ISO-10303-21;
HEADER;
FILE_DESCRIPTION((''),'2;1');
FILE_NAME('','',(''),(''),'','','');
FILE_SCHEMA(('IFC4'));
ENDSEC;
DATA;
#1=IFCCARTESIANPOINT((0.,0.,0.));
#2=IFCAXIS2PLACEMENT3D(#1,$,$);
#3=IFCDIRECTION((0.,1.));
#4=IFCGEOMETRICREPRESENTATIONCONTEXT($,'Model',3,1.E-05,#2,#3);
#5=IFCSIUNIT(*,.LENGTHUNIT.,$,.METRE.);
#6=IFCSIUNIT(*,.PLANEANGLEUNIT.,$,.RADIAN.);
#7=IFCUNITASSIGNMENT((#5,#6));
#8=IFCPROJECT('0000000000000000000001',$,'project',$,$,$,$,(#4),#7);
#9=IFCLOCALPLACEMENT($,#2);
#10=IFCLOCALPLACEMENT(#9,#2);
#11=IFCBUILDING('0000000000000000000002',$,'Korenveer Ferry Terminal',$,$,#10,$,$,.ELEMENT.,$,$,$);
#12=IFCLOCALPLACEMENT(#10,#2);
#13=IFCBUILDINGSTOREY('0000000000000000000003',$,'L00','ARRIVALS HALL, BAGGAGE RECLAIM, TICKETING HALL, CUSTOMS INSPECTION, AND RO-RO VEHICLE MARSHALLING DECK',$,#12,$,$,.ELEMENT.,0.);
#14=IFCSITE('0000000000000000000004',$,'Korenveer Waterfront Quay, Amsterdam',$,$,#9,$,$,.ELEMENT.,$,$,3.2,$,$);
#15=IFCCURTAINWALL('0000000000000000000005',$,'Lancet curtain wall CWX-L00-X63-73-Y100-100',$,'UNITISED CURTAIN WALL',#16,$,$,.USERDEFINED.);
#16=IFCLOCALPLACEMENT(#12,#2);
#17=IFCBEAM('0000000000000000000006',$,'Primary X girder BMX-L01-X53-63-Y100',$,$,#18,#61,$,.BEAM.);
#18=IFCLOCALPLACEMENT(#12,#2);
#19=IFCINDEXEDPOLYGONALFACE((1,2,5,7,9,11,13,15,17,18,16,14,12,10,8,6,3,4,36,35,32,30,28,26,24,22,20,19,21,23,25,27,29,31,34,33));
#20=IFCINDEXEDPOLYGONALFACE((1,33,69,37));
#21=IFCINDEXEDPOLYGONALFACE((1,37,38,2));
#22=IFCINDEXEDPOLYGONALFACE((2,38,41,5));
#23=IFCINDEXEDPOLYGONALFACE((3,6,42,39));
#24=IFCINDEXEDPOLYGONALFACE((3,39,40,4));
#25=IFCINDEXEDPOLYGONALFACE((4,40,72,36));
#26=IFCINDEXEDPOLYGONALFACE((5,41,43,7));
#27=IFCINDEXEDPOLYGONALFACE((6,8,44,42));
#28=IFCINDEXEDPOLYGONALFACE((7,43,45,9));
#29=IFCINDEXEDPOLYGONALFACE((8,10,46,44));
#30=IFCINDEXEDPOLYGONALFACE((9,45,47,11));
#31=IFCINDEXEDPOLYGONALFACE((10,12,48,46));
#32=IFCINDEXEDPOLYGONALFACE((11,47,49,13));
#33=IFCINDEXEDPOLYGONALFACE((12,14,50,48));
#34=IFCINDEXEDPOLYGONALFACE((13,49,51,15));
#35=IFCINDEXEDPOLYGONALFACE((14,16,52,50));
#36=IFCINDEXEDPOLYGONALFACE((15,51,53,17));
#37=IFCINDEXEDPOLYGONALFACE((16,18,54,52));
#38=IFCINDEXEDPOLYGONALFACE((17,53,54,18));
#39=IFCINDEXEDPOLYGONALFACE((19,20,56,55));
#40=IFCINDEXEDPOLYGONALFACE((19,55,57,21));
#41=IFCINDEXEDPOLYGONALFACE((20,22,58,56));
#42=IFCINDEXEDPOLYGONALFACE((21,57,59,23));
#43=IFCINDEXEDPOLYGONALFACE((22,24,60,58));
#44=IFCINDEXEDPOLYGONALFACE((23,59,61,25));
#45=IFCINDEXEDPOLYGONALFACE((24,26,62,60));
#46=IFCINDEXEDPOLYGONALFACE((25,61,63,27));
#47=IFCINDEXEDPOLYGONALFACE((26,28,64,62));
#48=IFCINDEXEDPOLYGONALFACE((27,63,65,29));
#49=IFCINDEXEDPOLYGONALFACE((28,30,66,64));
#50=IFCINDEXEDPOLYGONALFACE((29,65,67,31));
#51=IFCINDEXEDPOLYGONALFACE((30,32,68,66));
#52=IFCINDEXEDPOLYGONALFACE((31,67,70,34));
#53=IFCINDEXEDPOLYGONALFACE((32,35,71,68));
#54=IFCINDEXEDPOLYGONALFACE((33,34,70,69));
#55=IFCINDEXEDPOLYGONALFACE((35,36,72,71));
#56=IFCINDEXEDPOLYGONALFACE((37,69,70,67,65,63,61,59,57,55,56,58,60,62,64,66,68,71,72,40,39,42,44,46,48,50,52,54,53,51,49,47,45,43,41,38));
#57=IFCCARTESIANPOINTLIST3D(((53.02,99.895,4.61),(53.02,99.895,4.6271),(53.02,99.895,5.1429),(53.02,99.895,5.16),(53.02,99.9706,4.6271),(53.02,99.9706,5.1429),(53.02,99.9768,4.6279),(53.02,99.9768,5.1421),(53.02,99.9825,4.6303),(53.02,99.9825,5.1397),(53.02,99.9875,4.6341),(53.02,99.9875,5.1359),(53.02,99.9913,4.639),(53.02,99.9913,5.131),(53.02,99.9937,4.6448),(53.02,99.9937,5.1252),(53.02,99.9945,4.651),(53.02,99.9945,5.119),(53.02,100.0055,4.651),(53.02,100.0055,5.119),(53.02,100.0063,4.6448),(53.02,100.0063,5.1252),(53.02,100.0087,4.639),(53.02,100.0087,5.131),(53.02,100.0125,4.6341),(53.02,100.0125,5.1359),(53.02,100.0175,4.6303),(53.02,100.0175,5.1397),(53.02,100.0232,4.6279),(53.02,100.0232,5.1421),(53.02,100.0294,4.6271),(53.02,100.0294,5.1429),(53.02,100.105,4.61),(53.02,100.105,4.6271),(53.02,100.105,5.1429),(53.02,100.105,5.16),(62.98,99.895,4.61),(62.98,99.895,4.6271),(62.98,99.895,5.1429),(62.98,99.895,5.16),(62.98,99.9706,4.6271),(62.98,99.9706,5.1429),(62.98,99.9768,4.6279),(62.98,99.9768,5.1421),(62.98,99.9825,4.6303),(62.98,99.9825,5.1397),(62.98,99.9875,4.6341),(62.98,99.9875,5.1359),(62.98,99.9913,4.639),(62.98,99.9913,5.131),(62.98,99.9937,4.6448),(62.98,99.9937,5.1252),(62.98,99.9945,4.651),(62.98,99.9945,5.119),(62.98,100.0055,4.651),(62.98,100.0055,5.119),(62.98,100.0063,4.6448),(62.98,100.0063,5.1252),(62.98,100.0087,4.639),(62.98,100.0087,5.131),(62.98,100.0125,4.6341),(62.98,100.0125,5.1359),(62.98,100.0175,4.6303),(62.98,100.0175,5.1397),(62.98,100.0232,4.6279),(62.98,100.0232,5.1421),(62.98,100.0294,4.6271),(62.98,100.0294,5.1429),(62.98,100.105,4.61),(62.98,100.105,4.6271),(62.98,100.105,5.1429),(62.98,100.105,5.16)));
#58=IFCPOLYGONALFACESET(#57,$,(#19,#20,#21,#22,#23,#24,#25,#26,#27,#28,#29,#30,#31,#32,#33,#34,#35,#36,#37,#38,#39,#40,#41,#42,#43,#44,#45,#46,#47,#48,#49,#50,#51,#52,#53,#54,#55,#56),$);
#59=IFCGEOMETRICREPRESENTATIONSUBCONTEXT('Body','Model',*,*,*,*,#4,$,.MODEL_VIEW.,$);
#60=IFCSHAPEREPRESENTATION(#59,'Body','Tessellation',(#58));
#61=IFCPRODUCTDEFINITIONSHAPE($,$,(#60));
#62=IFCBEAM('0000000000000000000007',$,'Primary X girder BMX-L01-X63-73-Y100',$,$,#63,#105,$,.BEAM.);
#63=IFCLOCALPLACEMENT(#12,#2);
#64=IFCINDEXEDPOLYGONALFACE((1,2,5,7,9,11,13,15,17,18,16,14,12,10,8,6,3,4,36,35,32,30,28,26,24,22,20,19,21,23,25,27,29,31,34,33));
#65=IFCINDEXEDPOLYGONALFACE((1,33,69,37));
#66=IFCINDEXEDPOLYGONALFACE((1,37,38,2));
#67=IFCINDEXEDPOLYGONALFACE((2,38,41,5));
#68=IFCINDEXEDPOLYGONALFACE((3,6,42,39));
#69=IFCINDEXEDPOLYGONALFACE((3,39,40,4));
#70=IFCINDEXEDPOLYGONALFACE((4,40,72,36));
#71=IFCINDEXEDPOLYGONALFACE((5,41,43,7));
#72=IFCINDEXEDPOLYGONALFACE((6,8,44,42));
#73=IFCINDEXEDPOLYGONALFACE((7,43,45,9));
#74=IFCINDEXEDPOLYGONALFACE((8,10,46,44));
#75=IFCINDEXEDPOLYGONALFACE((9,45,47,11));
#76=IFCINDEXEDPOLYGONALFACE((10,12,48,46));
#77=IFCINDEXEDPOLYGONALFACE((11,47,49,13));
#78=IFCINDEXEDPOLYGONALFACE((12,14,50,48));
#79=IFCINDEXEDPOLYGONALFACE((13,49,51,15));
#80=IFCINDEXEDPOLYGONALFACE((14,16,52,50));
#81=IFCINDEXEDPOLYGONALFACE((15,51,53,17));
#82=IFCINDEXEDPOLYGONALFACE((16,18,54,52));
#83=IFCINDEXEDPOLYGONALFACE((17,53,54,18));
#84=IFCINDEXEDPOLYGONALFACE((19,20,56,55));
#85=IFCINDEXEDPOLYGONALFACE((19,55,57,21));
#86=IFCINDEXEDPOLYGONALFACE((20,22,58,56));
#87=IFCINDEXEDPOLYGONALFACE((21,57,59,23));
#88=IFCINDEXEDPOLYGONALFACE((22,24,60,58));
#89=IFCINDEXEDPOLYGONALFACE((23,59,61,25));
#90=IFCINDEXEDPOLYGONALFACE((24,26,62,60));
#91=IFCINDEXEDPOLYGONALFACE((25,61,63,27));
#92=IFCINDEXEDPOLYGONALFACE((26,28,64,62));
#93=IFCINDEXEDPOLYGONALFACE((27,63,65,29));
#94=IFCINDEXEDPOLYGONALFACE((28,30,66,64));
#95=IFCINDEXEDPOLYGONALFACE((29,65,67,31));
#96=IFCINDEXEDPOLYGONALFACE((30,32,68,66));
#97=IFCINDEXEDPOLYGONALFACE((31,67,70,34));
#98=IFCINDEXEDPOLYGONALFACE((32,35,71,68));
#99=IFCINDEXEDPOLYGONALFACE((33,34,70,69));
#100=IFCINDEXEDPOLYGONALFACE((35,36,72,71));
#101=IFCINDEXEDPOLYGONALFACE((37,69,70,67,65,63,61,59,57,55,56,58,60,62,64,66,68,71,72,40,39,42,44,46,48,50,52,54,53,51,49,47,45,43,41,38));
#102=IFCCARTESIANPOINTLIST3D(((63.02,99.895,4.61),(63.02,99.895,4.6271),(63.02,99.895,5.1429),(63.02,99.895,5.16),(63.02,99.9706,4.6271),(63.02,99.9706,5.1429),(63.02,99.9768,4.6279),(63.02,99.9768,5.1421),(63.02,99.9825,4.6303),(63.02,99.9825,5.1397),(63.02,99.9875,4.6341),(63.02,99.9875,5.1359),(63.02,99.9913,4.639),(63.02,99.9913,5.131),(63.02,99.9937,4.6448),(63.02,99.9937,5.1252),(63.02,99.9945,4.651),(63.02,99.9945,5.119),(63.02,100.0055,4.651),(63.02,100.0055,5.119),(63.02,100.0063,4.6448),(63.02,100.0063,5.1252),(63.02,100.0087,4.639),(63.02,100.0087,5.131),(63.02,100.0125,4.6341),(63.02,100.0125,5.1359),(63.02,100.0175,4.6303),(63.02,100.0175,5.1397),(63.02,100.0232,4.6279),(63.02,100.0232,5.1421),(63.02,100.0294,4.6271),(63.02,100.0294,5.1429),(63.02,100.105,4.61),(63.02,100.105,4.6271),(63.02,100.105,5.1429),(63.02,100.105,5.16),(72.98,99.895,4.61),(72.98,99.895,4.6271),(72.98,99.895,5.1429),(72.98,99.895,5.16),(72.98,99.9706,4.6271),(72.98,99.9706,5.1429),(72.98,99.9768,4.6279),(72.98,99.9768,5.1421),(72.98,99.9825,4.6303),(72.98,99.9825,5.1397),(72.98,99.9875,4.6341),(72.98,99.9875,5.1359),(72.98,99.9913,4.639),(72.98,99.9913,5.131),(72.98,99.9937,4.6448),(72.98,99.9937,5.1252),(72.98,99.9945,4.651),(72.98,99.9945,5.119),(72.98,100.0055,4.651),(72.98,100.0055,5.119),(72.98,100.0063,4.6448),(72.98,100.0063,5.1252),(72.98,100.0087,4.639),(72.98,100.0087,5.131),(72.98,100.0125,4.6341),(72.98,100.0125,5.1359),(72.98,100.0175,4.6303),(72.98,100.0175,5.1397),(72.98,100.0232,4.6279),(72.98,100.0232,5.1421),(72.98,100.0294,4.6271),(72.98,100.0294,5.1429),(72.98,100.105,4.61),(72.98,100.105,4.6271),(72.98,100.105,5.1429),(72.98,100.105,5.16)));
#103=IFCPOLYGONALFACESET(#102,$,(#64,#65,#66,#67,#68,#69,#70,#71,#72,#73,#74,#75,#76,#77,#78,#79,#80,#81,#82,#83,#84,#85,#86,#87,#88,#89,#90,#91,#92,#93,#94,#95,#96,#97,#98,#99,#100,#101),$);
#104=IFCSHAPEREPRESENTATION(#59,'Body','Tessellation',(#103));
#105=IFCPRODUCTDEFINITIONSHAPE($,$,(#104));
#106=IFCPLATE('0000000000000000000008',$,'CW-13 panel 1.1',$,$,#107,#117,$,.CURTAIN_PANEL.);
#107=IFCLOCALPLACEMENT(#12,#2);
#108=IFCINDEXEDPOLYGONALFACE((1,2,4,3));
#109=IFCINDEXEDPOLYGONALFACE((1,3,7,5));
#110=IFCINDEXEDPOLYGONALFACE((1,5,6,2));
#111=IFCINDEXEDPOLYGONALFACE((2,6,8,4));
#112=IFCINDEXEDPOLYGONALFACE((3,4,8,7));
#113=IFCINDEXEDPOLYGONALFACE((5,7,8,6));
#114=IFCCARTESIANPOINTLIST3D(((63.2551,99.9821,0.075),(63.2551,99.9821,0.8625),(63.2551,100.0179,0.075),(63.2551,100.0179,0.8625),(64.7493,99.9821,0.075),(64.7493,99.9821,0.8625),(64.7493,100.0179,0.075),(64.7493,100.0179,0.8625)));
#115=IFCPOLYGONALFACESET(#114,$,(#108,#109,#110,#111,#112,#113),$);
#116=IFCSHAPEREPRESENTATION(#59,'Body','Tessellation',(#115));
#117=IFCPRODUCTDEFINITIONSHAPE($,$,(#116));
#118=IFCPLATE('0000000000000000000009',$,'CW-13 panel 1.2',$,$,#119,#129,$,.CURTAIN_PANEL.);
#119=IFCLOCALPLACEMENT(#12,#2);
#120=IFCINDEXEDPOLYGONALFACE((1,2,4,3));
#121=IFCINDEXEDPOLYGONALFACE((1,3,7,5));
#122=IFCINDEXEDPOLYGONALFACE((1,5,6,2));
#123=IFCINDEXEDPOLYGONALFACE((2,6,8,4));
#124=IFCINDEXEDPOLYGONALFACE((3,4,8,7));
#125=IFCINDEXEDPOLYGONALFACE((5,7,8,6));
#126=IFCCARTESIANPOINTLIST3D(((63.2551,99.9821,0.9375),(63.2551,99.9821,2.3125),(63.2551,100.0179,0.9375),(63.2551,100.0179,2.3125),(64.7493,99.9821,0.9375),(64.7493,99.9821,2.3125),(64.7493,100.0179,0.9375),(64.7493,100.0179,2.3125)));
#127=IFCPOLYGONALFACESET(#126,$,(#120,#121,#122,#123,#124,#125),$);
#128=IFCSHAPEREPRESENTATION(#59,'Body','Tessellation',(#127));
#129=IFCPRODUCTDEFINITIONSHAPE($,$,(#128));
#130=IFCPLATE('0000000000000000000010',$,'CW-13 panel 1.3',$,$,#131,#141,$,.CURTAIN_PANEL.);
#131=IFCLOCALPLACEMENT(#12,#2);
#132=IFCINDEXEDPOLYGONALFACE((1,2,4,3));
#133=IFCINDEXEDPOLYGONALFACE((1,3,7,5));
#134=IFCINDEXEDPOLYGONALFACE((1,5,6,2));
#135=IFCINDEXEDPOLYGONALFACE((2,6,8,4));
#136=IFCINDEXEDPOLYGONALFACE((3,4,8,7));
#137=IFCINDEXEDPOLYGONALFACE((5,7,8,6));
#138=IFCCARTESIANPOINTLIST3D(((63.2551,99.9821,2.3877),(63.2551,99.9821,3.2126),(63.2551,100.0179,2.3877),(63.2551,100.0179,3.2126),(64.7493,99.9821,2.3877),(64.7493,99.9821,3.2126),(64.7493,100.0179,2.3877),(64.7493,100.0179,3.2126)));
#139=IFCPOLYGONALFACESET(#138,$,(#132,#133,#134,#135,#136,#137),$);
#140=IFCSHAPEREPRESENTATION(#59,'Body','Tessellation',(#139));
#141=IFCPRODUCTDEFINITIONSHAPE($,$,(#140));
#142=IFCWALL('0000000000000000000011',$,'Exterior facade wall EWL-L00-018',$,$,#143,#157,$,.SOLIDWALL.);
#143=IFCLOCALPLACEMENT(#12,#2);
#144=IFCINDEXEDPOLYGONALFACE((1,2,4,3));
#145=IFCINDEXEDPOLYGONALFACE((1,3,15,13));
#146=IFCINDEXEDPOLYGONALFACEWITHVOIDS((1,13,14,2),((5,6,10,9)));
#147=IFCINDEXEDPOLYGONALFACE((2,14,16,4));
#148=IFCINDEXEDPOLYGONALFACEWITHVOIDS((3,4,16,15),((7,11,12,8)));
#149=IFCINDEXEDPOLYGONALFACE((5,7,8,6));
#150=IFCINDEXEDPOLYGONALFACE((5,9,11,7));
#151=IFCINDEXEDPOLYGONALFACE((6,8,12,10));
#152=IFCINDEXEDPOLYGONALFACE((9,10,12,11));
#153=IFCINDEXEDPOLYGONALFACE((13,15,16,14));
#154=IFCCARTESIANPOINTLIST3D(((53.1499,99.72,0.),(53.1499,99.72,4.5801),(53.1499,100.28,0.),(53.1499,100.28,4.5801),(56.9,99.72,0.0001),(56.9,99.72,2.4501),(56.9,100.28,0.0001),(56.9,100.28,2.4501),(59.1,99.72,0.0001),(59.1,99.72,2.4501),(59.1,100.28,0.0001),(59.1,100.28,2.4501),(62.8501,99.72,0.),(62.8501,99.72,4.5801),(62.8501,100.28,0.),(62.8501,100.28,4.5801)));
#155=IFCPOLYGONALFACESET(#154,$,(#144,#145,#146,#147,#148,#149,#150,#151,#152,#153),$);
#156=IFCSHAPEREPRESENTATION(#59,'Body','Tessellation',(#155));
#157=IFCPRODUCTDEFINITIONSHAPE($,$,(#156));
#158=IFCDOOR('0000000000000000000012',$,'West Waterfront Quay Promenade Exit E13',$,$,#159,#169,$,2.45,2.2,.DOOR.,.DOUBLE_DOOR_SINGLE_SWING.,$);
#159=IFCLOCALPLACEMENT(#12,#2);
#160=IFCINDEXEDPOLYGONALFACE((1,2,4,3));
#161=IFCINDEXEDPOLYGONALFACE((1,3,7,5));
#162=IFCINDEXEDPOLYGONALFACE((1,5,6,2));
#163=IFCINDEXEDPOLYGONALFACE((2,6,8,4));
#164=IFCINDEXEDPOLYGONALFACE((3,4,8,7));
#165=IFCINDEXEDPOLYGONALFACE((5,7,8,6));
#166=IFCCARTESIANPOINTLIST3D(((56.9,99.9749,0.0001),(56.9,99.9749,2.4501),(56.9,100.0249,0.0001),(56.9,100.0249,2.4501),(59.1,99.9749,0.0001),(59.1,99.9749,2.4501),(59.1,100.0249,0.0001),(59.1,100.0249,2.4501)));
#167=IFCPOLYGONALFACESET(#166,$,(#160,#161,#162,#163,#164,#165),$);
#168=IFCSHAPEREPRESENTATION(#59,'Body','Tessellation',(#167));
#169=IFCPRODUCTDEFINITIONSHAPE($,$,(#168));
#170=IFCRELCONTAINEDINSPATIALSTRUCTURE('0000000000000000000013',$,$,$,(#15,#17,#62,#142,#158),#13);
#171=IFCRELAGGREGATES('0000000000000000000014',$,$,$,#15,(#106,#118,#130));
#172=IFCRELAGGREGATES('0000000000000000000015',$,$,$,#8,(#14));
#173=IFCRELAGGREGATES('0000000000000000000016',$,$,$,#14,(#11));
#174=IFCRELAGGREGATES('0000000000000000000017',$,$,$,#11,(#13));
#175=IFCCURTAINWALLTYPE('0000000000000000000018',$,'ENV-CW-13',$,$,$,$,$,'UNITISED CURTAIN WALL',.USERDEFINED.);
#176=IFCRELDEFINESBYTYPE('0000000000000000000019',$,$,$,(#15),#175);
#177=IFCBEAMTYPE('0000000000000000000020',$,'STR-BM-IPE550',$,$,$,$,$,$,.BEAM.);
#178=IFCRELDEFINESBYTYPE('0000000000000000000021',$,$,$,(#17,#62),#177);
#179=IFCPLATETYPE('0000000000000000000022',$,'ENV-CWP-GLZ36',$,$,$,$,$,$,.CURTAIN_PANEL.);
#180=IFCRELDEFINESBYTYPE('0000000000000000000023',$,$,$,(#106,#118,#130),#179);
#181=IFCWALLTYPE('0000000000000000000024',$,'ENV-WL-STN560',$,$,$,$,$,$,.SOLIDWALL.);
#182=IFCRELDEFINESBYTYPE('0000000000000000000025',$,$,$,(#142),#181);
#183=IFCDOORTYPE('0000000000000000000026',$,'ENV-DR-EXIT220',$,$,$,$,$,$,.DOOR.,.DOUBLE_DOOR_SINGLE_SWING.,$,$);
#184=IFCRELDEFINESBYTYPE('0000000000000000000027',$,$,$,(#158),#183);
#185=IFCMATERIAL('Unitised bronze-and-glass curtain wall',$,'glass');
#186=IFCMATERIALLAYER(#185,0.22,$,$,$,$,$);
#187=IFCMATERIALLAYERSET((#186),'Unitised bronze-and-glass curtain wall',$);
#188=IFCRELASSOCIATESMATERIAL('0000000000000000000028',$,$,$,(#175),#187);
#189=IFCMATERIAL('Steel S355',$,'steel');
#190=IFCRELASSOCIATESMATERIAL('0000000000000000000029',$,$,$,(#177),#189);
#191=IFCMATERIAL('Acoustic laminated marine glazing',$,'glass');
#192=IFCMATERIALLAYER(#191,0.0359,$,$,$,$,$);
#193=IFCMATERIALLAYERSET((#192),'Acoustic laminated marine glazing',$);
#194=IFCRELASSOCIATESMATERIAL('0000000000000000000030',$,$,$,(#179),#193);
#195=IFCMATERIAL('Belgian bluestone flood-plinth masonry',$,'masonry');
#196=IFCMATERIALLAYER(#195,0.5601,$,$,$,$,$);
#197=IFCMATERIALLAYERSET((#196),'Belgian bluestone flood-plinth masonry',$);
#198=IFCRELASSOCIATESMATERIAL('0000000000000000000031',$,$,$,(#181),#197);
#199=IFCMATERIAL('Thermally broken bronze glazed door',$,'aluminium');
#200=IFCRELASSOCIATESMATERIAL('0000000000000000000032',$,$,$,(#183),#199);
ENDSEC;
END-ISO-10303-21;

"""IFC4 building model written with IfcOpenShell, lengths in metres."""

from ifc_helpers import new_model, si_unit, direction, frame, frame_2d, origin, origin_2d, place, context, subcontext, project, spatial, rectangle, i_section, extrude, material, layer, layer_set, material_profile, profile_set, type_object, element, fill, aggregate, save


model = new_model("IFC4")

# Units and contexts
model_context = context("Model", 3, precision=1e-05, world=origin(), true_north=direction((0.0, 1.0)))
body_context = subcontext(model_context, "Body", "Model", "MODEL_VIEW")
ifc_project = project(units=[si_unit("LENGTHUNIT", "METRE"), si_unit("PLANEANGLEUNIT", "RADIAN")], contexts=[model_context])

# Site, building, storey
site_placement = place(None, origin())
site = spatial("IfcSite", under=ifc_project, at=site_placement, Name="Korenveer Waterfront Quay, Amsterdam", CompositionType="ELEMENT", RefElevation=3.2)
building_placement = place(site_placement, origin())
building = spatial("IfcBuilding", under=site, at=building_placement, Name="Korenveer Ferry Terminal", CompositionType="ELEMENT")
storey_placement = place(building_placement, origin())
storey = spatial("IfcBuildingStorey", under=building, at=storey_placement, Name="L00", Description="ARRIVALS HALL, BAGGAGE RECLAIM, TICKETING HALL, CUSTOMS INSPECTION, AND RO-RO VEHICLE MARSHALLING DECK", CompositionType="ELEMENT", Elevation=0.0)

# Shared definitions
ifc_material_1 = material(Name="Steel S355", Category="steel")

# Curtain wall
ifc_material_2 = material(Name="Unitised bronze-and-glass curtain wall", Category="glass")
ifc_layer_1 = layer(ifc_material_2, 0.22)
ifc_layer_set_1 = layer_set([ifc_layer_1], Name="Unitised bronze-and-glass curtain wall")
curtain_wall_type = type_object("IfcCurtainWallType", Name="ENV-CW-13", ElementType="UNITISED CURTAIN WALL", PredefinedType="USERDEFINED", material=ifc_layer_set_1)
curtain_wall_placement = place(storey_placement, frame((63.1799, 100.0, 0.0)))
curtain_wall = element("IfcCurtainWall", 1, at=curtain_wall_placement, inside=storey, type_object=curtain_wall_type, Name="Lancet curtain wall CWX-L00-X63-73-Y100-100", ObjectType="UNITISED CURTAIN WALL", PredefinedType="USERDEFINED")

# Beams
ifc_material_profile_1 = material_profile(ifc_material_1, i_section(OverallWidth=0.21, OverallDepth=0.55, WebThickness=0.011, FlangeThickness=0.0171, FilletRadius=0.0239, at=origin_2d()), Name="IPE 550")
ifc_profile_set_1 = profile_set([ifc_material_profile_1], Name="Steel S355")
beam_type = type_object("IfcBeamType", Name="STR-BM-IPE550", PredefinedType="BEAM", material=ifc_profile_set_1)
for number, where, z_axis, x_axis, name in (
    (2, (53.02, 100.0, 4.885), (1.0, 0.0, 0.0), (0.0, 1.0, 0.0), "Primary X girder BMX-L01-X53-63-Y100"),
    (3, (63.02, 100.0, 4.885), (1.0, 0.0, 0.0), (0.0, 1.0, 0.0), "Primary X girder BMX-L01-X63-73-Y100"),
):
    element("IfcBeam", number, at=place(storey_placement, frame(where, z_axis=z_axis, x_axis=x_axis)), inside=storey, type_object=beam_type, Name=name, PredefinedType="BEAM", context=body_context, shape_type="SweptSolid", body=[
        extrude(i_section(OverallWidth=0.21, OverallDepth=0.55, WebThickness=0.011, FlangeThickness=0.0171, FilletRadius=0.0239, at=origin_2d()), origin(), (0.0, 0.0, 1.0), 9.96),
    ])

# Plates
ifc_material_3 = material(Name="Acoustic laminated marine glazing", Category="glass")
ifc_layer_2 = layer(ifc_material_3, 0.0359)
ifc_layer_set_2 = layer_set([ifc_layer_2], Name="Acoustic laminated marine glazing")
plate_type = type_object("IfcPlateType", Name="ENV-CWP-GLZ36", PredefinedType="CURTAIN_PANEL", material=ifc_layer_set_2)
plate_1_placement = place(storey_placement, frame((64.0022, 100.0, 0.075), z_axis=(0.0, 0.0, 1.0), x_axis=(1.0, 0.0, 0.0)))
plate_1 = element("IfcPlate", 4, at=plate_1_placement, type_object=plate_type, Name="CW-13 panel 1.1", PredefinedType="CURTAIN_PANEL", context=body_context, shape_type="SweptSolid", body=[
    extrude(rectangle(XDim=1.4941, YDim=0.0359, at=origin_2d()), origin(), (0.0, 0.0, 1.0), 0.7876),
])
plate_2_placement = place(storey_placement, frame((64.0022, 100.0, 0.9375), z_axis=(0.0, 0.0, 1.0), x_axis=(1.0, 0.0, 0.0)))
plate_2 = element("IfcPlate", 5, at=plate_2_placement, type_object=plate_type, Name="CW-13 panel 1.2", PredefinedType="CURTAIN_PANEL", context=body_context, shape_type="SweptSolid", body=[
    extrude(rectangle(XDim=1.4941, YDim=0.0359, at=origin_2d()), origin(), (0.0, 0.0, 1.0), 1.375),
])
plate_3_placement = place(storey_placement, frame((64.0022, 100.0, 2.3877), z_axis=(0.0, 0.0, 1.0), x_axis=(1.0, 0.0, 0.0)))
plate_3 = element("IfcPlate", 6, at=plate_3_placement, type_object=plate_type, Name="CW-13 panel 1.3", PredefinedType="CURTAIN_PANEL", context=body_context, shape_type="SweptSolid", body=[
    extrude(rectangle(XDim=1.4941, YDim=0.0359, at=origin_2d()), origin(), (0.0, 0.0, 1.0), 0.825),
])
aggregate(curtain_wall, [plate_1, plate_2, plate_3])

# Wall, opening, door
ifc_material_4 = material(Name="Belgian bluestone flood-plinth masonry", Category="masonry")
ifc_layer_3 = layer(ifc_material_4, 0.5601)
ifc_layer_set_3 = layer_set([ifc_layer_3], Name="Belgian bluestone flood-plinth masonry")
wall_type = type_object("IfcWallType", Name="ENV-WL-STN560", PredefinedType="SOLIDWALL", material=ifc_layer_set_3)
wall_placement = place(storey_placement, frame((53.1499, 100.0, 0.0), z_axis=(0.0, 0.0, 1.0), x_axis=(1.0, 0.0, 0.0)))
wall = element("IfcWall", 7, at=wall_placement, inside=storey, type_object=wall_type, Name="Exterior facade wall EWL-L00-018", PredefinedType="SOLIDWALL", context=body_context, shape_type="SweptSolid", body=[
    extrude(rectangle(XDim=9.7002, YDim=0.5601, at=frame_2d((4.8501, 0.0))), origin(), (0.0, 0.0, 1.0), 4.5801),
])
opening_placement = place(wall_placement, frame((3.75, 0.0, 0.0)))
opening = element("IfcOpeningElement", 8, at=opening_placement, cuts=wall, PredefinedType="OPENING", context=body_context, shape_type="SweptSolid", body=[
    extrude(rectangle(XDim=2.2, YDim=2.45, at=frame_2d((1.1001, 1.2251))), frame((0.0, 0.29, 0.0), z_axis=(0.0, -1.0, 0.0), x_axis=(1.0, 0.0, 0.0)), (0.0, 0.0, 1.0), 0.5801),
])
ifc_material_5 = material(Name="Thermally broken bronze glazed door", Category="aluminium")
door_type = type_object("IfcDoorType", Name="ENV-DR-EXIT220", OperationType="DOUBLE_DOOR_SINGLE_SWING", PredefinedType="DOOR", material=ifc_material_5)
door_placement = place(opening_placement, origin())
door = element("IfcDoor", 9, at=door_placement, inside=storey, type_object=door_type, Name="West Waterfront Quay Promenade Exit E13", OperationType="DOUBLE_DOOR_SINGLE_SWING", OverallHeight=2.45, OverallWidth=2.2, PredefinedType="DOOR", context=body_context, shape_type="SweptSolid", body=[
    extrude(rectangle(XDim=2.2, YDim=2.45, at=frame_2d((1.1001, 1.2251))), frame((0.0, 0.0249, 0.0), z_axis=(0.0, -1.0, 0.0), x_axis=(1.0, 0.0, 0.0)), (0.0, 0.0, 1.0), 0.05),
])
fill(opening, door)

save(model, "model.ifc")
